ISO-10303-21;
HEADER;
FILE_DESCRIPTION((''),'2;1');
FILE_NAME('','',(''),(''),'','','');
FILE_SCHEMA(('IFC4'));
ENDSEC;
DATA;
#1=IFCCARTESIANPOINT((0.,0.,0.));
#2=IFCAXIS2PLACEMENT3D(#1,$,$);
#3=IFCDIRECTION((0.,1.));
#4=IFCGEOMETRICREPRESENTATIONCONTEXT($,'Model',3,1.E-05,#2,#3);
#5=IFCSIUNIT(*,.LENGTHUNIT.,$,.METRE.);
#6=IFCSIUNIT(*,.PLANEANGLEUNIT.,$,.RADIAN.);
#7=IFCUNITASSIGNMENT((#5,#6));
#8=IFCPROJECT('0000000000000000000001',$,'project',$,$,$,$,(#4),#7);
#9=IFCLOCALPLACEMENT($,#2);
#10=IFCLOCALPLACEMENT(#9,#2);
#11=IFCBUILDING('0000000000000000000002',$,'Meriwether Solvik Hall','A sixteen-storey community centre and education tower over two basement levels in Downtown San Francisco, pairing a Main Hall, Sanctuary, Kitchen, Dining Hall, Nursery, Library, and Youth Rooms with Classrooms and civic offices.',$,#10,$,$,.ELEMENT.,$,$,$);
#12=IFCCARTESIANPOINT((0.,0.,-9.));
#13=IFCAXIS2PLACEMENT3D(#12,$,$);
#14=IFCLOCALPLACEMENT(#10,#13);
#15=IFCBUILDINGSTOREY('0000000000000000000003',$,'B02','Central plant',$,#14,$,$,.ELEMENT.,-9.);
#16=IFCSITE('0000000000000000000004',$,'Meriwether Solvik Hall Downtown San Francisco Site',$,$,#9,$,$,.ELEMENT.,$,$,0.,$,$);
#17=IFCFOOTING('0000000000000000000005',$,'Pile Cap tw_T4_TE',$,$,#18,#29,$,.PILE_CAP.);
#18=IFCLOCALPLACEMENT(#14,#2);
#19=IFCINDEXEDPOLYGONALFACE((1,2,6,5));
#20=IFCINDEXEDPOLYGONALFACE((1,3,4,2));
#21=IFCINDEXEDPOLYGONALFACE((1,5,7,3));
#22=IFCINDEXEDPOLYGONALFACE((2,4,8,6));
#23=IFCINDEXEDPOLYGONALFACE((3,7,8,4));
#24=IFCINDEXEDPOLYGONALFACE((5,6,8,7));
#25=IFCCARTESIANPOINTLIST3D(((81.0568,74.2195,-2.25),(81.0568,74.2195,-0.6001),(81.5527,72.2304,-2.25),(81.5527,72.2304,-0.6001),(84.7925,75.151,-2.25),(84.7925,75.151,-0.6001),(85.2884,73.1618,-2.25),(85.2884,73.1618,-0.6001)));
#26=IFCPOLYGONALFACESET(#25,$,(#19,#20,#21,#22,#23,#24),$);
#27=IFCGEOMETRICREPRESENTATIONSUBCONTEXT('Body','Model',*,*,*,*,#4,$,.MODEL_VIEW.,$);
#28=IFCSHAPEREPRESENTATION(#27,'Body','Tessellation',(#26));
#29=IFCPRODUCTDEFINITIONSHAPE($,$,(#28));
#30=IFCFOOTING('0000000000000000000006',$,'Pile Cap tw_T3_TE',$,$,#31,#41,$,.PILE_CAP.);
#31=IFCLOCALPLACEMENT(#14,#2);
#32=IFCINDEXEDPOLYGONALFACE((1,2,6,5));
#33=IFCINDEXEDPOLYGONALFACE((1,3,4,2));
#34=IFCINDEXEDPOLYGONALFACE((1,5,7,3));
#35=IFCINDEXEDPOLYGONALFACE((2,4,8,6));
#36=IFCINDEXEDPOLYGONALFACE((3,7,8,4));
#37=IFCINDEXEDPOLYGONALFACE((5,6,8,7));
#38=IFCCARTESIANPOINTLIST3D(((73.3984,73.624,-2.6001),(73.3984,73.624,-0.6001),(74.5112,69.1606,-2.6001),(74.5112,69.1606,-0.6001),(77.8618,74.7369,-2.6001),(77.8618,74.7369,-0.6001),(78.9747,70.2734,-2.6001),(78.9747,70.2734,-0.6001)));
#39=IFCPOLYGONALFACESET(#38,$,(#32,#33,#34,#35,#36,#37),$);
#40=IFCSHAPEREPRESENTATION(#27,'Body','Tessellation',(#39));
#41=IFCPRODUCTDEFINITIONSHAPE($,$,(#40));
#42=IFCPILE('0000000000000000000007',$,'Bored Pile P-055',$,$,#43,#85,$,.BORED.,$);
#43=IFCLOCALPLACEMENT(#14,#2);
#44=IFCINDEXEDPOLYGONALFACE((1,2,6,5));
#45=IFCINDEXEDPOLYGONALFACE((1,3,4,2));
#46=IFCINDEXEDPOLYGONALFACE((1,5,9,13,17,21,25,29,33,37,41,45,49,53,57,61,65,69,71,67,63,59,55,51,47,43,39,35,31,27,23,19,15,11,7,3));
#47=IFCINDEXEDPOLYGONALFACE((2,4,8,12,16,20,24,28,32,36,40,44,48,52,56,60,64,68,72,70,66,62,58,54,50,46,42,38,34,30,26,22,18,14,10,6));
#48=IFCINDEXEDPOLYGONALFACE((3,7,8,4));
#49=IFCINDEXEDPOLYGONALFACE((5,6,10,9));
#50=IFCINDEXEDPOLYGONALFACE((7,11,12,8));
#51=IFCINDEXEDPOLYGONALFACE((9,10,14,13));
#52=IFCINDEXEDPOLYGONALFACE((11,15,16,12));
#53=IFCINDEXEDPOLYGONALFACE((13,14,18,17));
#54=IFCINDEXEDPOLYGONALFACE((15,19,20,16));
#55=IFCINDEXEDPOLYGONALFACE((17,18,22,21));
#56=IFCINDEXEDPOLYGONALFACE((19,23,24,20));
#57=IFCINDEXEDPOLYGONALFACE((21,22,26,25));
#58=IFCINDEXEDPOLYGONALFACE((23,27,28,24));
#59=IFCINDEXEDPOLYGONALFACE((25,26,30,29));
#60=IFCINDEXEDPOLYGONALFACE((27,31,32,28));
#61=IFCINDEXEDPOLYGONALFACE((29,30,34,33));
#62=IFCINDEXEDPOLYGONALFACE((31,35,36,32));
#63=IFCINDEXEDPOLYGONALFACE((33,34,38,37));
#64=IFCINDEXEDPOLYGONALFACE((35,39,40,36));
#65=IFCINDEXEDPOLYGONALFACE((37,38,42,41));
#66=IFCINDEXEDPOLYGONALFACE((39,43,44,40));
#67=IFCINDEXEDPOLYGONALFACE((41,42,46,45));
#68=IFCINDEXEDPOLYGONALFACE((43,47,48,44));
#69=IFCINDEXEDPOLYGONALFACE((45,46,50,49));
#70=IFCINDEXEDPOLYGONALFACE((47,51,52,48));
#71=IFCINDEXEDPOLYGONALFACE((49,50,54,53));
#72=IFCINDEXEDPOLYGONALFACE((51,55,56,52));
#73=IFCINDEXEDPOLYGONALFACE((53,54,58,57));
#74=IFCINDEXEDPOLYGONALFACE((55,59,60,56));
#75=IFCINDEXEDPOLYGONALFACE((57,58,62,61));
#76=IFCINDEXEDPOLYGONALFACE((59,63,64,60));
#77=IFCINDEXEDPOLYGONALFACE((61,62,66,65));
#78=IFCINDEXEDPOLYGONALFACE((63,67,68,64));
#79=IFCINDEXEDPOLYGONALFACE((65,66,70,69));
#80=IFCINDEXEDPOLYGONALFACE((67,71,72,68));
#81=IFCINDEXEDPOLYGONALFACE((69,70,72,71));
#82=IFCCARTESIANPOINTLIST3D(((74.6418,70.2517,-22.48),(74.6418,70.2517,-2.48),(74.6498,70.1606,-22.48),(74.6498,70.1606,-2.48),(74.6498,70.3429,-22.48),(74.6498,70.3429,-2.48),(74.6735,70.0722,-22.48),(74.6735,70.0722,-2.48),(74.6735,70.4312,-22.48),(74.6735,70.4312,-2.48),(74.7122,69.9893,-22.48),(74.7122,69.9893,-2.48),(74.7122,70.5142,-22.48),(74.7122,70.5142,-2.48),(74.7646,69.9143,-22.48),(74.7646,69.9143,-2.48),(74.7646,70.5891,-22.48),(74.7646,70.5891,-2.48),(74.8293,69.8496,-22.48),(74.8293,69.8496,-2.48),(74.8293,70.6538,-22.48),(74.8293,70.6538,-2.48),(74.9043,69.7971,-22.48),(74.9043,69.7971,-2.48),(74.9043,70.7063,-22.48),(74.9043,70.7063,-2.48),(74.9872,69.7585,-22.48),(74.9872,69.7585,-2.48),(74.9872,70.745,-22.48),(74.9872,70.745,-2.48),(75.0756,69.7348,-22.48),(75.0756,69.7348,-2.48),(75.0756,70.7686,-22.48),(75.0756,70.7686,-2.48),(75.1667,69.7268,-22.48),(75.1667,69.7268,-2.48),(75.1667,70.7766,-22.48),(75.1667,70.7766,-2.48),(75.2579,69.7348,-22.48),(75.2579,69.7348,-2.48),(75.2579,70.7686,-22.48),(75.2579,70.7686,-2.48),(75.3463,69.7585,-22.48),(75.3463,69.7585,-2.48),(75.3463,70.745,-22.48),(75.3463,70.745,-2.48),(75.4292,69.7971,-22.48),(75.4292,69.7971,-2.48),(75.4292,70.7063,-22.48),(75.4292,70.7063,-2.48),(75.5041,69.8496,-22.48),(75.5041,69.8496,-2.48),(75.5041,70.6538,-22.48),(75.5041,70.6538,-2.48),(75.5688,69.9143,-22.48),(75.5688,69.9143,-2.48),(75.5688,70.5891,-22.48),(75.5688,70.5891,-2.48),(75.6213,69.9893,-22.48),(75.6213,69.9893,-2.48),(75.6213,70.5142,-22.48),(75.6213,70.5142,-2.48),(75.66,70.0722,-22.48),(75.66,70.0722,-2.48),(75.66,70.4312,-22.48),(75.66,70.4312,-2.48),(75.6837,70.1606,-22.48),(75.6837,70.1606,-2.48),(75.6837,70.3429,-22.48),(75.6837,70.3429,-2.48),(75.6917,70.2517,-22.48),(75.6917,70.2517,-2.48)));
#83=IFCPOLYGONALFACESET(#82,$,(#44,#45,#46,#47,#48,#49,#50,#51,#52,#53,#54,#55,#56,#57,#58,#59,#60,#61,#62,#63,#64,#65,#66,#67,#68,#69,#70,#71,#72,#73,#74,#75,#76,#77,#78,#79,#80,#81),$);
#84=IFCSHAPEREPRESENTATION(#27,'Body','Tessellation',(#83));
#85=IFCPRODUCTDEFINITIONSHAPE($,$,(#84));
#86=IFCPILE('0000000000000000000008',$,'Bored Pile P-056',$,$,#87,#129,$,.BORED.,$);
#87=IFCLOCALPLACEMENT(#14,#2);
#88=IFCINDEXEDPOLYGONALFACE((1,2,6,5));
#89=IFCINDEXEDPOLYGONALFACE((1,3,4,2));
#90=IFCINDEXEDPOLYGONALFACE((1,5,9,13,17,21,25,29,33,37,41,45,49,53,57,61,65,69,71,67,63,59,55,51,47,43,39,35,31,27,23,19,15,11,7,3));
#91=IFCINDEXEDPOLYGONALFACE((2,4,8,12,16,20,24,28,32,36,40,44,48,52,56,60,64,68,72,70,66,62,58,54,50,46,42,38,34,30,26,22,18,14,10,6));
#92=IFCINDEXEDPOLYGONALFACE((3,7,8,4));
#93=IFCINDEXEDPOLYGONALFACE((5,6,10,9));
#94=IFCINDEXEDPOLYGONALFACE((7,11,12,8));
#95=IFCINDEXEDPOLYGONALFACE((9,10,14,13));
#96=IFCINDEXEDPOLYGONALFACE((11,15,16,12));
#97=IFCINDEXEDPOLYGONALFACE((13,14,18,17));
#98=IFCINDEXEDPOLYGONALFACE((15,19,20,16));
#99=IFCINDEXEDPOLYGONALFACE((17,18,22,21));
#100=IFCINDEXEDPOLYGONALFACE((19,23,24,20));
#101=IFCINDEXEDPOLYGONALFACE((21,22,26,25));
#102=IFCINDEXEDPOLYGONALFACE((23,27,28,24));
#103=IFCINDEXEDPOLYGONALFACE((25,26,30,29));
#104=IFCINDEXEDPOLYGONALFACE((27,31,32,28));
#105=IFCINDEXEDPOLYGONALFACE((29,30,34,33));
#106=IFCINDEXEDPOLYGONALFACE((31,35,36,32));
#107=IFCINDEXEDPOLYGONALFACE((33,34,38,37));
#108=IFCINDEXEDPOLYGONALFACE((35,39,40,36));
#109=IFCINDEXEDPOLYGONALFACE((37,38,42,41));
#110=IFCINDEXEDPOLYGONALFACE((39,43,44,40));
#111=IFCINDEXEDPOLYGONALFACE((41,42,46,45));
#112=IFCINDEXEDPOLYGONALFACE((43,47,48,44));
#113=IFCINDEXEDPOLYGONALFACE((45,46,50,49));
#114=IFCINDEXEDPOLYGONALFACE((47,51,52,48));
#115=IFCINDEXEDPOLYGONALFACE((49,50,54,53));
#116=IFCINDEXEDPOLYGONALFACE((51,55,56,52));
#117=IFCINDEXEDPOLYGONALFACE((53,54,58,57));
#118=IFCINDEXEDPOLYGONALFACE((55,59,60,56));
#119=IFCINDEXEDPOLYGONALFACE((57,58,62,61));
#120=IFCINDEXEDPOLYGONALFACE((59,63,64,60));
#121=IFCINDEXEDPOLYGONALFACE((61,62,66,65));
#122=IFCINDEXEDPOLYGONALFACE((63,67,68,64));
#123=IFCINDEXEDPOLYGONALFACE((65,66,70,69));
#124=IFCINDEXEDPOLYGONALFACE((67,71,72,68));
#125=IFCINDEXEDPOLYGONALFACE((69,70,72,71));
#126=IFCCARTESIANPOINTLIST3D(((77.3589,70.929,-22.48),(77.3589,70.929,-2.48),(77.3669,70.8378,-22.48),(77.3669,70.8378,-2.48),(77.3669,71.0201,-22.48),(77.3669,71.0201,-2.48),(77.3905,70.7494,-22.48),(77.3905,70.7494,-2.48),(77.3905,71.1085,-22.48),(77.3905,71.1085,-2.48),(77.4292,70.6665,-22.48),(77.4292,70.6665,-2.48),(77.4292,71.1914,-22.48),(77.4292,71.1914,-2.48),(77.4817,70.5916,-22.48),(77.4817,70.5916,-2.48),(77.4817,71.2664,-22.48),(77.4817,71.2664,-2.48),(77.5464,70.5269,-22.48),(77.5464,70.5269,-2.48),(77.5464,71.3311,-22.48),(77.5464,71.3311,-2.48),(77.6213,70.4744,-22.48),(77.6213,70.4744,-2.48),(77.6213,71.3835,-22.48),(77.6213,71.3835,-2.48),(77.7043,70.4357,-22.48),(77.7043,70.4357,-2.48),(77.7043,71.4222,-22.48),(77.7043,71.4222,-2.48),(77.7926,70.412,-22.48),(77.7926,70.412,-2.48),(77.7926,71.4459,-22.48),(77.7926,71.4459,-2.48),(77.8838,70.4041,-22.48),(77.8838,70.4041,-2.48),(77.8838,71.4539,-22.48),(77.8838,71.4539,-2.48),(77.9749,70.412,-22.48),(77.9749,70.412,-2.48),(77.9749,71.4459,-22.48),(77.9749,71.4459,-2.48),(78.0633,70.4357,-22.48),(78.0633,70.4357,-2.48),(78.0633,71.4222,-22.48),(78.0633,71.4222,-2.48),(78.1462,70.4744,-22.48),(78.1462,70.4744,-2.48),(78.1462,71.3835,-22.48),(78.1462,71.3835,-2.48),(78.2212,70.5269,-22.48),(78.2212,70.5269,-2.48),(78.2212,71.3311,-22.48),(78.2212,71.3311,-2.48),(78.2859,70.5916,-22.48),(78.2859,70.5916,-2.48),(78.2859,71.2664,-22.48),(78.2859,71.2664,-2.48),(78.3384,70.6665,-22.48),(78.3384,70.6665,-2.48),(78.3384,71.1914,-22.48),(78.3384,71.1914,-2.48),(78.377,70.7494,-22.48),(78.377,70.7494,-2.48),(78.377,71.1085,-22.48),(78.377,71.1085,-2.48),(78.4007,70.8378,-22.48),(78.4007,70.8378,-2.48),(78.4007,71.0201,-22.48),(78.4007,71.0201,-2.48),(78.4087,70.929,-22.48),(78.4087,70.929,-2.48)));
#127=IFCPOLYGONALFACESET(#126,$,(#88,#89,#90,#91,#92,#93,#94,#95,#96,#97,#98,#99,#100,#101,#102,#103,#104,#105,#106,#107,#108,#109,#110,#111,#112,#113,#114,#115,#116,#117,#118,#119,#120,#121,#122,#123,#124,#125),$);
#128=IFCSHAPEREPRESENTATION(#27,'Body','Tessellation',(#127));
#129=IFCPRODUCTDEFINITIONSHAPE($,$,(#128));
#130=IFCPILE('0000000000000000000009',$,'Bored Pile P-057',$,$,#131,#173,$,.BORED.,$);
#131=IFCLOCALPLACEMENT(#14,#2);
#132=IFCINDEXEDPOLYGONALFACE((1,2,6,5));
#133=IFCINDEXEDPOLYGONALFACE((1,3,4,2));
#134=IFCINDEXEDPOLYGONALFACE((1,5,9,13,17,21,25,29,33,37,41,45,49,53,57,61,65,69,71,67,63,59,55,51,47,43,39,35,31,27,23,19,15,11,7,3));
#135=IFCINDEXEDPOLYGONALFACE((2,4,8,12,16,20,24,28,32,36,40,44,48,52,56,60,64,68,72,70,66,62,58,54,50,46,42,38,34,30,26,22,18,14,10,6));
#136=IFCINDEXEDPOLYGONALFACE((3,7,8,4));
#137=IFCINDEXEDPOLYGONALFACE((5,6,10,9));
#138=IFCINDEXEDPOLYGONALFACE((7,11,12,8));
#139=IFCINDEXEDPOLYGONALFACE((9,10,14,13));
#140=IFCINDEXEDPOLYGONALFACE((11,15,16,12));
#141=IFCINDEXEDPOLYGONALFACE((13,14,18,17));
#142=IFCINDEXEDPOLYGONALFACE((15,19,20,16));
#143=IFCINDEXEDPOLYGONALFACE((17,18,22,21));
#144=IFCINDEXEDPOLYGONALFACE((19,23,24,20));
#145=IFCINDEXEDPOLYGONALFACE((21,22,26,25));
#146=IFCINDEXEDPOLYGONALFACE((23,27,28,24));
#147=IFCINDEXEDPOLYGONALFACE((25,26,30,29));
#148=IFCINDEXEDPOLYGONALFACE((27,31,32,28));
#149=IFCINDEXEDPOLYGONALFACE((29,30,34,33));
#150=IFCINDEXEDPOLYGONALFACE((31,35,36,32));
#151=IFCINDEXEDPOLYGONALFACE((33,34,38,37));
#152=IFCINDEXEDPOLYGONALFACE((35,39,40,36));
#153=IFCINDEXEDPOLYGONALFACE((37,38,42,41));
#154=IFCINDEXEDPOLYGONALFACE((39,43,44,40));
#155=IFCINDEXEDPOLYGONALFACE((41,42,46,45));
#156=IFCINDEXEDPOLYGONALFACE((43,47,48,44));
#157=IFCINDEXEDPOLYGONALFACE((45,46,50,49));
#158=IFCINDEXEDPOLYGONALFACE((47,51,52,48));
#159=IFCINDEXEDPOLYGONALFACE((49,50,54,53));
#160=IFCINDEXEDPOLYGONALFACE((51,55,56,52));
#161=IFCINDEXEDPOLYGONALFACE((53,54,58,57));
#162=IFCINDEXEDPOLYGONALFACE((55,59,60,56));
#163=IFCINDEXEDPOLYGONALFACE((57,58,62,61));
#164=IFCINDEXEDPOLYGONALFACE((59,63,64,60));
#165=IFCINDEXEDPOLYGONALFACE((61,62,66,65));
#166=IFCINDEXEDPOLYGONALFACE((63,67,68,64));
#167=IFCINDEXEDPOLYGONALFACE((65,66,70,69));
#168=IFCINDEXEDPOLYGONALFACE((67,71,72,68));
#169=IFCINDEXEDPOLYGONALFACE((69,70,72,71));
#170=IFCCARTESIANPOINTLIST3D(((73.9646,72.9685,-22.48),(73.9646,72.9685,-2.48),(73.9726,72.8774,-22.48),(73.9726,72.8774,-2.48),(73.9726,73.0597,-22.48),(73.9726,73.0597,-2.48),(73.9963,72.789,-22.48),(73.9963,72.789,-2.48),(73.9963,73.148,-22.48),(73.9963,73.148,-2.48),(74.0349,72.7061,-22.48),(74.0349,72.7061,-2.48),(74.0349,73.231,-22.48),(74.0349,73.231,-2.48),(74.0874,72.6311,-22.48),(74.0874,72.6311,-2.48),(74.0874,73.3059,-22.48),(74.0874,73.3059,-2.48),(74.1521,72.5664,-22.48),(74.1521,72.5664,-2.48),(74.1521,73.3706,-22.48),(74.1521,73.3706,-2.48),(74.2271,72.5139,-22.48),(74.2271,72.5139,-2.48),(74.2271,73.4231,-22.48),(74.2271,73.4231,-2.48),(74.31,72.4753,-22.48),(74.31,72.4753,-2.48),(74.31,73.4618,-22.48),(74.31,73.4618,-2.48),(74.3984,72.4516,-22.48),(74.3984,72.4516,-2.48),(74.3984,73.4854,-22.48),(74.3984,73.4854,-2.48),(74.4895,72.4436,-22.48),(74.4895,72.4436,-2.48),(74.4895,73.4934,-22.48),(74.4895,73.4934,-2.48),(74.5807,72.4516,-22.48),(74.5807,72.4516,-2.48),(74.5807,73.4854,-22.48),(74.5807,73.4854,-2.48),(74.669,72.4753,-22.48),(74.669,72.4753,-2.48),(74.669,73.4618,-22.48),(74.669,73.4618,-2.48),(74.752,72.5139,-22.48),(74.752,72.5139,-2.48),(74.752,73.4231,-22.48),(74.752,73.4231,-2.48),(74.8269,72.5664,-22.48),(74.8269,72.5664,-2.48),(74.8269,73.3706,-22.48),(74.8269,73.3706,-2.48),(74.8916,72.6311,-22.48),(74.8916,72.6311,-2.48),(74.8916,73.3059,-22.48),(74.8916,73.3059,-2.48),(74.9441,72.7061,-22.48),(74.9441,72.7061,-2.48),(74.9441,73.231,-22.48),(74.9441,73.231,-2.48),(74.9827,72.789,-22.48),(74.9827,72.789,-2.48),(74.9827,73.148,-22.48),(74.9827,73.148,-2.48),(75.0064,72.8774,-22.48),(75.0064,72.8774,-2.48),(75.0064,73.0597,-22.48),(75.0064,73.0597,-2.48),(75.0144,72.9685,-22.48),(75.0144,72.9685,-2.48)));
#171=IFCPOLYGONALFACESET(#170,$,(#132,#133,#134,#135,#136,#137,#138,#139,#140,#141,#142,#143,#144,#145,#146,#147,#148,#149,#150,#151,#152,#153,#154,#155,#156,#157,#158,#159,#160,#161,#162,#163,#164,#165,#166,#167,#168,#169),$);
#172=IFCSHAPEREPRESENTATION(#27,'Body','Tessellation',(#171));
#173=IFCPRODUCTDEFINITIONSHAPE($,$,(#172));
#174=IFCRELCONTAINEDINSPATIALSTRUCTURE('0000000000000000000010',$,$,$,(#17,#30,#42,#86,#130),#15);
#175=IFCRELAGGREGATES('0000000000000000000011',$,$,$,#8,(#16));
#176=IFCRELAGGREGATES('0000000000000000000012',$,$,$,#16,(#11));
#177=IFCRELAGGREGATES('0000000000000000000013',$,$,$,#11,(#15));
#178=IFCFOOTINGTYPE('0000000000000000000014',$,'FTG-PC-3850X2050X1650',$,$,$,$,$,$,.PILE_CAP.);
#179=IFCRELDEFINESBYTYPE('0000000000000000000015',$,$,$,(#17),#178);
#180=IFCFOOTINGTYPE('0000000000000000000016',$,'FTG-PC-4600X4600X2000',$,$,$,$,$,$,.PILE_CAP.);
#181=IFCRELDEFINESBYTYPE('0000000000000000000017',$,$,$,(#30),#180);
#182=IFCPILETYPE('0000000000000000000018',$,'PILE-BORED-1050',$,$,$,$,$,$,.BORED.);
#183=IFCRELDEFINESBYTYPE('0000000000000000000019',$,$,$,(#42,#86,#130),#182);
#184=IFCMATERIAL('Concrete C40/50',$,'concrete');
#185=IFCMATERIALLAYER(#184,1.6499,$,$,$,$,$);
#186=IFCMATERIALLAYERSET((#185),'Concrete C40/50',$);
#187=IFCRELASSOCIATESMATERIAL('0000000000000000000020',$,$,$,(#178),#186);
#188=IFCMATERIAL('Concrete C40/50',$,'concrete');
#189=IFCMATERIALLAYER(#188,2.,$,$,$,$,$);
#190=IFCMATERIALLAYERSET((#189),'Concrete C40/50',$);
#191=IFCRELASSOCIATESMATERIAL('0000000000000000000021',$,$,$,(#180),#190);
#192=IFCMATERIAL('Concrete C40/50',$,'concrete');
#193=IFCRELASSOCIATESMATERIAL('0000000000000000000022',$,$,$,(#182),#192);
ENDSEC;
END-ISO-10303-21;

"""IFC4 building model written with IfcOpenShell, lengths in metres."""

from ifc_helpers import new_model, si_unit, direction, frame, origin, origin_2d, place, context, subcontext, project, spatial, rectangle, circle, extrude, material, layer, layer_set, material_profile, profile_set, type_object, element, save


model = new_model("IFC4")

# Units and contexts
model_context = context("Model", 3, precision=1e-05, world=origin(), true_north=direction((0.0, 1.0)))
body_context = subcontext(model_context, "Body", "Model", "MODEL_VIEW")
ifc_project = project(units=[si_unit("LENGTHUNIT", "METRE"), si_unit("PLANEANGLEUNIT", "RADIAN")], contexts=[model_context])

# Site, building, storey
site_placement = place(None, origin())
site = spatial("IfcSite", under=ifc_project, at=site_placement, Name="Meriwether Solvik Hall Downtown San Francisco Site", CompositionType="ELEMENT", RefElevation=0.0)
building_placement = place(site_placement, origin())
building = spatial("IfcBuilding", under=site, at=building_placement, Name="Meriwether Solvik Hall", Description="A sixteen-storey community centre and education tower over two basement levels in Downtown San Francisco, pairing a Main Hall, Sanctuary, Kitchen, Dining Hall, Nursery, Library, and Youth Rooms with Classrooms and civic offices.", CompositionType="ELEMENT")
storey_placement = place(building_placement, frame((0.0, 0.0, -9.0)))
storey = spatial("IfcBuildingStorey", under=building, at=storey_placement, Name="B02", Description="Central plant", CompositionType="ELEMENT", Elevation=-9.0)

# Footings
ifc_material_1 = material(Name="Concrete C40/50", Category="concrete")
ifc_layer_1 = layer(ifc_material_1, 1.6499)
ifc_layer_set_1 = layer_set([ifc_layer_1], Name="Concrete C40/50")
footing_type_1 = type_object("IfcFootingType", Name="FTG-PC-3850X2050X1650", PredefinedType="PILE_CAP", material=ifc_layer_set_1)
footing_1_placement = place(storey_placement, frame((83.1726, 73.6907, -2.25), z_axis=(0.0, 0.0, 1.0), x_axis=(0.970296, 0.241922, 0.0)))
element("IfcFooting", 1, at=footing_1_placement, inside=storey, type_object=footing_type_1, Name="Pile Cap tw_T4_TE", PredefinedType="PILE_CAP", context=body_context, shape_type="SweptSolid", body=[
    extrude(rectangle(XDim=3.8501, YDim=2.05, at=origin_2d()), origin(), (0.0, 0.0, 1.0), 1.6499),
])
ifc_material_2 = material(Name="Concrete C40/50", Category="concrete")
ifc_layer_2 = layer(ifc_material_2, 2.0)
ifc_layer_set_2 = layer_set([ifc_layer_2], Name="Concrete C40/50")
footing_type_2 = type_object("IfcFootingType", Name="FTG-PC-4600X4600X2000", PredefinedType="PILE_CAP", material=ifc_layer_set_2)
footing_2_placement = place(storey_placement, frame((76.1865, 71.9487, -2.6001), z_axis=(0.0, 0.0, 1.0), x_axis=(0.970296, 0.241922, 0.0)))
element("IfcFooting", 2, at=footing_2_placement, inside=storey, type_object=footing_type_2, Name="Pile Cap tw_T3_TE", PredefinedType="PILE_CAP", context=body_context, shape_type="SweptSolid", body=[
    extrude(rectangle(XDim=4.6001, YDim=4.6001, at=origin_2d()), origin(), (0.0, 0.0, 1.0), 2.0),
])

# Piles
ifc_material_3 = material(Name="Concrete C40/50", Category="concrete")
ifc_material_profile_1 = material_profile(ifc_material_3, circle(Radius=0.5249, at=origin_2d()), Name="PILE-D1050")
ifc_profile_set_1 = profile_set([ifc_material_profile_1], Name="Concrete C40/50")
pile_type_1 = type_object("IfcPileType", Name="PILE-BORED-1050", PredefinedType="BORED", material=ifc_profile_set_1)
for number, where, z_axis, x_axis, name in (
    (3, (75.1667, 70.2517, -2.48), (0.0, 0.0, -1.0), (1.0, 0.0, 0.0), "Bored Pile P-055"),
    (4, (77.8838, 70.929, -2.48), (0.0, 0.0, -1.0), (1.0, 0.0, 0.0), "Bored Pile P-056"),
    (5, (74.4895, 72.9685, -2.48), (0.0, 0.0, -1.0), (1.0, 0.0, 0.0), "Bored Pile P-057"),
):
    element("IfcPile", number, at=place(storey_placement, frame(where, z_axis=z_axis, x_axis=x_axis)), inside=storey, type_object=pile_type_1, Name=name, PredefinedType="BORED", context=body_context, shape_type="SweptSolid", body=[
        extrude(circle(Radius=0.5249, at=origin_2d()), origin(), (0.0, 0.0, 1.0), 20.0),
    ])

save(model, "model.ifc")
